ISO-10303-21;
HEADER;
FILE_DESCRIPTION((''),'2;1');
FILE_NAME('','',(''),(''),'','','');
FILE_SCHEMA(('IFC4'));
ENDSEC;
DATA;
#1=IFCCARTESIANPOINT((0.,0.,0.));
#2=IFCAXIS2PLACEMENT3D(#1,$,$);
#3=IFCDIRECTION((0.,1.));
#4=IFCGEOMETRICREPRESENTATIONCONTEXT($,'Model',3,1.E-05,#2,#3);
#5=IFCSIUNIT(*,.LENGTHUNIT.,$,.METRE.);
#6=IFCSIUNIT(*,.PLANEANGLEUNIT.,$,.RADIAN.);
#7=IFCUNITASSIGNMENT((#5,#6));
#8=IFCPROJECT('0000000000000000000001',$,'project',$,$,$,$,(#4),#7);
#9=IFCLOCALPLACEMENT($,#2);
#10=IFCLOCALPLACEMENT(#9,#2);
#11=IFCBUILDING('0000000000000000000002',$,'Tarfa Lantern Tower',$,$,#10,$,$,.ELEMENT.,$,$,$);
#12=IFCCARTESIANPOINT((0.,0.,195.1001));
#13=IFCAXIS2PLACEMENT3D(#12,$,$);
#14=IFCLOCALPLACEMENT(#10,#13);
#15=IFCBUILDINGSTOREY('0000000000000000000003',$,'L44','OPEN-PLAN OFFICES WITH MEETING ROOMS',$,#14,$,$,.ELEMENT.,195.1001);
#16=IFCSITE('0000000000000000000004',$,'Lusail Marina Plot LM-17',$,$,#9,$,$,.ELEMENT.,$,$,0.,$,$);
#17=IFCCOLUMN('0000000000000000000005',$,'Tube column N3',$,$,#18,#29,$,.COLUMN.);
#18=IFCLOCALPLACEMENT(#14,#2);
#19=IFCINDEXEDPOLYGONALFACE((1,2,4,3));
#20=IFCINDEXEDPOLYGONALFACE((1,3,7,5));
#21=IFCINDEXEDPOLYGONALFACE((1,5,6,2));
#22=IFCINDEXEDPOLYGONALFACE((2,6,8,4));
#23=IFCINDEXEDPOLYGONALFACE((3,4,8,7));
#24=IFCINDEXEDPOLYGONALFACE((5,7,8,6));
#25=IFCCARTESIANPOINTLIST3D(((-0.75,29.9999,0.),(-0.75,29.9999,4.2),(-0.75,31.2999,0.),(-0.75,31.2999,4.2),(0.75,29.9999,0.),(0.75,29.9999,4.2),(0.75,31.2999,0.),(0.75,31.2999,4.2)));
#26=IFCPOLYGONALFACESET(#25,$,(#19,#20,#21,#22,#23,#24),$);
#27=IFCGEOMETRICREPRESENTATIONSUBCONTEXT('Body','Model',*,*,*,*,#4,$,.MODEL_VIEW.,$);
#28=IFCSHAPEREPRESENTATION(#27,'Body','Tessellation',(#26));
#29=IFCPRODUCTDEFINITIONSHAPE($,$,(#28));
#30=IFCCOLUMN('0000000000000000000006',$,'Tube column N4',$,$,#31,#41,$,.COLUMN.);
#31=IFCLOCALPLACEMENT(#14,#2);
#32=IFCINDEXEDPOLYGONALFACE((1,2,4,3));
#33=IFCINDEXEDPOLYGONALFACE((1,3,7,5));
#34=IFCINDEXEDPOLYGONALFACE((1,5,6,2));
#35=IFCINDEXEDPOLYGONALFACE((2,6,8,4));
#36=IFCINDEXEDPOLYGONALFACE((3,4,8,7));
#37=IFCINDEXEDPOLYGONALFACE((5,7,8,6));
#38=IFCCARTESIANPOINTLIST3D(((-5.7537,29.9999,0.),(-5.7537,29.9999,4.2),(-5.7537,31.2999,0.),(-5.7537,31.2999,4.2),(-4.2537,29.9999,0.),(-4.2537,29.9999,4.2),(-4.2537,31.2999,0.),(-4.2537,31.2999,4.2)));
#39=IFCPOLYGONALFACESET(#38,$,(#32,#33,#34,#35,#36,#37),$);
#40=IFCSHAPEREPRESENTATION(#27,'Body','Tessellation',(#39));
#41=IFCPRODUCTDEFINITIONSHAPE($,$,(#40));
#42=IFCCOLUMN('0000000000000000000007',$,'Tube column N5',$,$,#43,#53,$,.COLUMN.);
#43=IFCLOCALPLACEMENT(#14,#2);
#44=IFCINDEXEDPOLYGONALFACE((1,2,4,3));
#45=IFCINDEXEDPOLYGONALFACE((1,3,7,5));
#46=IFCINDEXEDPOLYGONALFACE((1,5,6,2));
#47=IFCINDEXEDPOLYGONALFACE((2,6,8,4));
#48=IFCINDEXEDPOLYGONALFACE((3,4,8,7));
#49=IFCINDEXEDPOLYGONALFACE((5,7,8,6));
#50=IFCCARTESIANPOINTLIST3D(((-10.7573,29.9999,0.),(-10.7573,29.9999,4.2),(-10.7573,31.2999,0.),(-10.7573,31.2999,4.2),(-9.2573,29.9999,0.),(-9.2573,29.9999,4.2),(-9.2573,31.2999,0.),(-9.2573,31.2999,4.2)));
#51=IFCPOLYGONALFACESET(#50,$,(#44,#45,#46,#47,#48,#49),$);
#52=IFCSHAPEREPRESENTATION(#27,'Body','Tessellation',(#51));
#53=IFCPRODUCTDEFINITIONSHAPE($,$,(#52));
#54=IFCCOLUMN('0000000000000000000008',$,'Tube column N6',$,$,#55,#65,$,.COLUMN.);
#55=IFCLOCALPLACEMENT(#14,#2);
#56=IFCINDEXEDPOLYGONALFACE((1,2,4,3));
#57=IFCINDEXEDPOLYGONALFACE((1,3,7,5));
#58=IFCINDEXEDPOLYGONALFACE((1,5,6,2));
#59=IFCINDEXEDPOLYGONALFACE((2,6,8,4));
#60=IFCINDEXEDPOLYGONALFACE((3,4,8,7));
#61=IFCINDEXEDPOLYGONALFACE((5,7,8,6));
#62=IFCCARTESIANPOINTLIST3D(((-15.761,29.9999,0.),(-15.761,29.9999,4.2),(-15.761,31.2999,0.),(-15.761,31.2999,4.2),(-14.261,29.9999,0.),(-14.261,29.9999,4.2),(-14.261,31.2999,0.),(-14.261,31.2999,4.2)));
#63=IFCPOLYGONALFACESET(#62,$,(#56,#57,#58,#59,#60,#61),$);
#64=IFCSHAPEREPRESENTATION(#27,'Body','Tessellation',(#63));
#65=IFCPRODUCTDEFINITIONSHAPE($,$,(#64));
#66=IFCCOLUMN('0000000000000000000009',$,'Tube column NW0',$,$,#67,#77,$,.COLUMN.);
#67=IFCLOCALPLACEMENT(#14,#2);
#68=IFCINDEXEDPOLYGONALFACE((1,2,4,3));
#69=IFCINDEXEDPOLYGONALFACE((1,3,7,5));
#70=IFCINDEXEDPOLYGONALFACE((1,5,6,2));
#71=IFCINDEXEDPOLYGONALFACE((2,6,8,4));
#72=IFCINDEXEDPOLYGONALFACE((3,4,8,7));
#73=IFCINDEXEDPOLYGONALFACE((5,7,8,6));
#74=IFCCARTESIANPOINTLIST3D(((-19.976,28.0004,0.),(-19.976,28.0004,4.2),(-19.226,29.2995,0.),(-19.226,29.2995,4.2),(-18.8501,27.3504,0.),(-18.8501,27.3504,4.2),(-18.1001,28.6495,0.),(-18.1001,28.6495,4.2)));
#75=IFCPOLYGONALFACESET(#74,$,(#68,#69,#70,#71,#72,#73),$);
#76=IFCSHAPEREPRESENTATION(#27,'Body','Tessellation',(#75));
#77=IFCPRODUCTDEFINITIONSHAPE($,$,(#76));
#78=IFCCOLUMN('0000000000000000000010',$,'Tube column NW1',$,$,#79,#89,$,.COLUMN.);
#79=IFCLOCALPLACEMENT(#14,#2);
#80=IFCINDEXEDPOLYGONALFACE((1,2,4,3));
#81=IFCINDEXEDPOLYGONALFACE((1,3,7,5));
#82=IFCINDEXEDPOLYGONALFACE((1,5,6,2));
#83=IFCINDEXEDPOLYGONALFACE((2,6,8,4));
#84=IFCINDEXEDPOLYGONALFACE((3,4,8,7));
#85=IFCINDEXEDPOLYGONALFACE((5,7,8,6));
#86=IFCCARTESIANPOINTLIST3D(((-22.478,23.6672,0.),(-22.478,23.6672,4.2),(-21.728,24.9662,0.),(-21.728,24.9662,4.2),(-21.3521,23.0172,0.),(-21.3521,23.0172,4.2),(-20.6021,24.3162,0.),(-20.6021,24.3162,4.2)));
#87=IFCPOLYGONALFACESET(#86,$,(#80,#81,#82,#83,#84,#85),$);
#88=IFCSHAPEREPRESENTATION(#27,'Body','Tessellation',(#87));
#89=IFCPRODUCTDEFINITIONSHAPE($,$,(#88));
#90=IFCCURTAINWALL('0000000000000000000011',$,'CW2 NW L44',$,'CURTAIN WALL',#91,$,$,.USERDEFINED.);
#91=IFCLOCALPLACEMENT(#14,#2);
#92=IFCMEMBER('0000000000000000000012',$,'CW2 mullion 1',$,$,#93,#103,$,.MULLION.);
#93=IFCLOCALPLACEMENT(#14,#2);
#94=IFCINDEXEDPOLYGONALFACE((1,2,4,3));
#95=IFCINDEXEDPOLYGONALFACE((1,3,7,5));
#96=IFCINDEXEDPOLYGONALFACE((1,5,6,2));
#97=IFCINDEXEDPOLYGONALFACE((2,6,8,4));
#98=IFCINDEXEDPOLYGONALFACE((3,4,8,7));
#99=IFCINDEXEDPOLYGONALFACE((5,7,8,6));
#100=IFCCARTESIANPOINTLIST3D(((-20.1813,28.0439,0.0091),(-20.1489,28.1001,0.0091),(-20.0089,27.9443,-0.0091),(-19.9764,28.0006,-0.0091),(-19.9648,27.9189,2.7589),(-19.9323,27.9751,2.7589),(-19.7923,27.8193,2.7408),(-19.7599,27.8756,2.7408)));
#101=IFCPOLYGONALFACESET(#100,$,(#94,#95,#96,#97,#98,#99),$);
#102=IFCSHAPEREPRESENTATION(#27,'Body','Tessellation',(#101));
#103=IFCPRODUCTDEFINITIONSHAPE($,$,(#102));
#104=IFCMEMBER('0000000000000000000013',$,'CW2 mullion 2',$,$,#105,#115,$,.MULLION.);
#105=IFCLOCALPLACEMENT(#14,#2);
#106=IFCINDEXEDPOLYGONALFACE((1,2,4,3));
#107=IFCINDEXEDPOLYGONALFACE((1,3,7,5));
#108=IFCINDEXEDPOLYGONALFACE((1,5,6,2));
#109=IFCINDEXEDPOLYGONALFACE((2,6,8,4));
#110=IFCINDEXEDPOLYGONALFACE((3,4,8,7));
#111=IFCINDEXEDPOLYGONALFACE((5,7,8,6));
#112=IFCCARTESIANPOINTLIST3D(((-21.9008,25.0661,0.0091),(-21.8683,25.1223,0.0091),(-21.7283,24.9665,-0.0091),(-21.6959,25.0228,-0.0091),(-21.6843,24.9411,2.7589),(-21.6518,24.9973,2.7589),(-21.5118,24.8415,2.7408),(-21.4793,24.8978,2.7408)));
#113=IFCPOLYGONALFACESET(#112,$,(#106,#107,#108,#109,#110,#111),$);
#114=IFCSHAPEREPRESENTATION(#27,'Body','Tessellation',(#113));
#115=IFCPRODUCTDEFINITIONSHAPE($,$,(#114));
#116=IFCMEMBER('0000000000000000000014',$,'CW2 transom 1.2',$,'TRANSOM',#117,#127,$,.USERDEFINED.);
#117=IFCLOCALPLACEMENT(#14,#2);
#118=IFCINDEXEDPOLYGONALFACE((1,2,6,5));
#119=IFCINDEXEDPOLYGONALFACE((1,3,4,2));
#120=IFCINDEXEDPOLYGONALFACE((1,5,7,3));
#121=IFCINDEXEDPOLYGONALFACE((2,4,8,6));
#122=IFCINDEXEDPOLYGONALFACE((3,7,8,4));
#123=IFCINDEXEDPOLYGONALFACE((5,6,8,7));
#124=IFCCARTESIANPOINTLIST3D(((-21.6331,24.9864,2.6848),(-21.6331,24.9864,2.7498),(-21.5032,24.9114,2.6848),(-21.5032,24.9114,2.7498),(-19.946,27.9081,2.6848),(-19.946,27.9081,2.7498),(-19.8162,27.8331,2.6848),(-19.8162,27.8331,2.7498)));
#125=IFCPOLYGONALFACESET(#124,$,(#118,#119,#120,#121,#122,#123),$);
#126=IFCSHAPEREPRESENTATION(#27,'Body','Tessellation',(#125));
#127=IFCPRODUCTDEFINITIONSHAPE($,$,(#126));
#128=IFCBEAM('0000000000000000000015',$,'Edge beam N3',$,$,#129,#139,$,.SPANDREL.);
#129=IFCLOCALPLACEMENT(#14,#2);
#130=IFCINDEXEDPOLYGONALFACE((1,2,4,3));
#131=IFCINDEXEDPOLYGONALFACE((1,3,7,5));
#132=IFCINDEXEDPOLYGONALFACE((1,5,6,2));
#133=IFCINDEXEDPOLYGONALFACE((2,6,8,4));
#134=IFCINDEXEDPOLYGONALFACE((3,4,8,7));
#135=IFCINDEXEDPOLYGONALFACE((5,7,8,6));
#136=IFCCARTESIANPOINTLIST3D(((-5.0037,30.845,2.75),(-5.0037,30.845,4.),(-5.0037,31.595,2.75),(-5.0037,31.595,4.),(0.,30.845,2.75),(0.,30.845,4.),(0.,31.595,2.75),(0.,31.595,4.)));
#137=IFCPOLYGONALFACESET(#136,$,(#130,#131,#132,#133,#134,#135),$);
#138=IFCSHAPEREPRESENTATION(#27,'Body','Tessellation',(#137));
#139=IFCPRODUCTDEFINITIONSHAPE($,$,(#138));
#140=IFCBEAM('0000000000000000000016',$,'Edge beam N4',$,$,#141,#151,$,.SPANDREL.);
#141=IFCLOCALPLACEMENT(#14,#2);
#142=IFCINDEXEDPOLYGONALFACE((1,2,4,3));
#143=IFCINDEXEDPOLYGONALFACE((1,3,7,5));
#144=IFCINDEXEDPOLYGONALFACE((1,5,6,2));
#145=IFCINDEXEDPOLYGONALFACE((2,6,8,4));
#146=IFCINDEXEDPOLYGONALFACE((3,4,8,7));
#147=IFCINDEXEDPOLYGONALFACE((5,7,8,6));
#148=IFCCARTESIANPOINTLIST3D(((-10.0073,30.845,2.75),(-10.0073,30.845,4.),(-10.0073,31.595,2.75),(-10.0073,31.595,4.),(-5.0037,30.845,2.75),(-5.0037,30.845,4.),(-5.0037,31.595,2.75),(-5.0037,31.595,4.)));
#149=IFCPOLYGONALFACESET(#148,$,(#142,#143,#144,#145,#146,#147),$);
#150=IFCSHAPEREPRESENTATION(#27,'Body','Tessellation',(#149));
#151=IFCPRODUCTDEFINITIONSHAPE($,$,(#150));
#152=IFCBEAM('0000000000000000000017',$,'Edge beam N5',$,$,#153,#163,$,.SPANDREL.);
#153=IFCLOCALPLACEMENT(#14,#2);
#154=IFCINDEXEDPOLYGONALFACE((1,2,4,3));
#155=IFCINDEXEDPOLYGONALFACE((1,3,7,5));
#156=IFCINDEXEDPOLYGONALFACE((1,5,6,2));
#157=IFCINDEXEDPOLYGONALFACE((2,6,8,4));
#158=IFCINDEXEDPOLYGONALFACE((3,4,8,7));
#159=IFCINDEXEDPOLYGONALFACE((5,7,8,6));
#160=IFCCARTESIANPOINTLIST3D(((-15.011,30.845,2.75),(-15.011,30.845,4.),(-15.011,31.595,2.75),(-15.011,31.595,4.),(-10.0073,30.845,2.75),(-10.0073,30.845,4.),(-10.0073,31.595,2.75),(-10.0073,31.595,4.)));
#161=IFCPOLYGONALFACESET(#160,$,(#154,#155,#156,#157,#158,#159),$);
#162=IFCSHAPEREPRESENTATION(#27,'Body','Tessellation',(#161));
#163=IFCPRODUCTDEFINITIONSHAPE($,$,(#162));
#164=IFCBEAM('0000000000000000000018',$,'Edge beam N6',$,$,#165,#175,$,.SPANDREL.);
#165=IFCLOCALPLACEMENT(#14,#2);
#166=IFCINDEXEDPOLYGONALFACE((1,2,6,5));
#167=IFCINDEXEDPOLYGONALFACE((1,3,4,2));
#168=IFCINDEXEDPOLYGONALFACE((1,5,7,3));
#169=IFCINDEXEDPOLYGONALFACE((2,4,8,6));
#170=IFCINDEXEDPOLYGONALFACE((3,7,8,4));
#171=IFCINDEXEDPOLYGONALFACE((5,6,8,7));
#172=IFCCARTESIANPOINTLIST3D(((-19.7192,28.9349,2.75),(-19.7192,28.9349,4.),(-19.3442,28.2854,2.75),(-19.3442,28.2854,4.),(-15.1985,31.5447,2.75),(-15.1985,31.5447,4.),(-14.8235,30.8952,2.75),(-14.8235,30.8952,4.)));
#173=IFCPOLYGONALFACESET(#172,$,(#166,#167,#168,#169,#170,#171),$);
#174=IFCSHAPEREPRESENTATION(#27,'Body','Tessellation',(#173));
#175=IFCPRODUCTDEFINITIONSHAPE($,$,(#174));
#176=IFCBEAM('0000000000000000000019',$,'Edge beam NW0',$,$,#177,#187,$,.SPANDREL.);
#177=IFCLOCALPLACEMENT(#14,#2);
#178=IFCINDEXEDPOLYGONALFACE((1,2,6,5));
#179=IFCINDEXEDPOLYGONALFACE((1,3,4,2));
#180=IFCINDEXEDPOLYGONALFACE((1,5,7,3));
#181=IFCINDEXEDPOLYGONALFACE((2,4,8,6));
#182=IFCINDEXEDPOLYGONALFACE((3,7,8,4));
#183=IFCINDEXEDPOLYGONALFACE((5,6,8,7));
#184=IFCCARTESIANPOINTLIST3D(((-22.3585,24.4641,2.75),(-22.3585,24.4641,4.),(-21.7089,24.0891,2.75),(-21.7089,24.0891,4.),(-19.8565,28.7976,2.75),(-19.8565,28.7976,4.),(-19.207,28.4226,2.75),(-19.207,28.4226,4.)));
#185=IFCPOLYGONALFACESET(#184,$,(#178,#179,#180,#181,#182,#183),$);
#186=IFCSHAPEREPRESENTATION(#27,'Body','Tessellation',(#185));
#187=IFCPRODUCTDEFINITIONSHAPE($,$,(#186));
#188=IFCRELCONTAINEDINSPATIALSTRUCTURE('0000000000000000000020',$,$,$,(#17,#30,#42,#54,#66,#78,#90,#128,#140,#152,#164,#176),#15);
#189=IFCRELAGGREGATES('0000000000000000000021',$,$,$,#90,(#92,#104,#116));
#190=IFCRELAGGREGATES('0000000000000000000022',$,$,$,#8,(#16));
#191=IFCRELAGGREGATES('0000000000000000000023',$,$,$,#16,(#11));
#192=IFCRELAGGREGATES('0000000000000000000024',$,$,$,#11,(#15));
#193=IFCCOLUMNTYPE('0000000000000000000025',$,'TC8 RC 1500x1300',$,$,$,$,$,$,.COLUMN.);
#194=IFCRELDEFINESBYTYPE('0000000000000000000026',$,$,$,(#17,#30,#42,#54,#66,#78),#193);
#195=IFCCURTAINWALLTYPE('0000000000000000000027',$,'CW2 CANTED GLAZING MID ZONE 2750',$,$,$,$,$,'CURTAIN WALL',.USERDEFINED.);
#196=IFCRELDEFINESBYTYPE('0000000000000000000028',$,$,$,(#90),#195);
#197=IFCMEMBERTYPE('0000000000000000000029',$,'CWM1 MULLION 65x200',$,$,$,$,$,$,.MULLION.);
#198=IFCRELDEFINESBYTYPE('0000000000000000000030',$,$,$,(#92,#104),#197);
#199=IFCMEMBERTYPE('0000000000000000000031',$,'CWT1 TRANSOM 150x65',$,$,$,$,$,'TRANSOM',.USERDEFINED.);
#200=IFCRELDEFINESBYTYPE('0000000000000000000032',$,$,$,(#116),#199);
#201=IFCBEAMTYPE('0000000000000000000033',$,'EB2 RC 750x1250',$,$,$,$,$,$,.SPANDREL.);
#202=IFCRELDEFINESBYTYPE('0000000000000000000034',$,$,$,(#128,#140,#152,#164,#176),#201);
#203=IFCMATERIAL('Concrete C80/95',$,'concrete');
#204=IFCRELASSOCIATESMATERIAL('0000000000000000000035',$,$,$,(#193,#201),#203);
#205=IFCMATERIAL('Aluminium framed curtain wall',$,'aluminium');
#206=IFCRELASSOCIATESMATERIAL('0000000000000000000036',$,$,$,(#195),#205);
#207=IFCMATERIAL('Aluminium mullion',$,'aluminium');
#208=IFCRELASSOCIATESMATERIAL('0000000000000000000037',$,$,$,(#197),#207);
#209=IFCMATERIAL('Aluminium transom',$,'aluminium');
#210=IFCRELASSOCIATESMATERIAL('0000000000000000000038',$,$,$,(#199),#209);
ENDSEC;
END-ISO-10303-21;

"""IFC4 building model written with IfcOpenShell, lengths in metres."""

from ifc_helpers import new_model, si_unit, direction, frame, origin, origin_2d, place, context, subcontext, project, spatial, rectangle, extrude, material, material_profile, profile_set, type_object, element, aggregate, save


model = new_model("IFC4")

# Units and contexts
model_context = context("Model", 3, precision=1e-05, world=origin(), true_north=direction((0.0, 1.0)))
body_context = subcontext(model_context, "Body", "Model", "MODEL_VIEW")
ifc_project = project(units=[si_unit("LENGTHUNIT", "METRE"), si_unit("PLANEANGLEUNIT", "RADIAN")], contexts=[model_context])

# Site, building, storey
site_placement = place(None, origin())
site = spatial("IfcSite", under=ifc_project, at=site_placement, Name="Lusail Marina Plot LM-17", CompositionType="ELEMENT", RefElevation=0.0)
building_placement = place(site_placement, origin())
building = spatial("IfcBuilding", under=site, at=building_placement, Name="Tarfa Lantern Tower", CompositionType="ELEMENT")
storey_placement = place(building_placement, frame((0.0, 0.0, 195.1001)))
storey = spatial("IfcBuildingStorey", under=building, at=storey_placement, Name="L44", Description="OPEN-PLAN OFFICES WITH MEETING ROOMS", CompositionType="ELEMENT", Elevation=195.1001)

# Columns
ifc_material_1 = material(Name="Concrete C80/95", Category="concrete")
ifc_material_profile_1 = material_profile(ifc_material_1, rectangle(XDim=1.5, YDim=1.3, at=origin_2d()), Name="RC 1500x1300")
ifc_profile_set_1 = profile_set([ifc_material_profile_1], Name="Concrete C80/95")
column_type = type_object("IfcColumnType", Name="TC8 RC 1500x1300", PredefinedType="COLUMN", material=ifc_profile_set_1)
for number, where, z_axis, x_axis, name in (
    (1, (0.0, 30.6499, 0.0), (0.0, 0.0, 1.0), (-1.0, 0.0, 0.0), "Tube column N3"),
    (2, (-5.0037, 30.6499, 0.0), (0.0, 0.0, 1.0), (-1.0, 0.0, 0.0), "Tube column N4"),
    (3, (-10.0073, 30.6499, 0.0), (0.0, 0.0, 1.0), (-1.0, 0.0, 0.0), "Tube column N5"),
    (4, (-15.011, 30.6499, 0.0), (0.0, 0.0, 1.0), (-1.0, 0.0, 0.0), "Tube column N6"),
    (5, (-19.0381, 28.325, 0.0), (0.0, 0.0, 1.0), (-0.5, -0.866025, 0.0), "Tube column NW0"),
    (6, (-21.54, 23.9917, 0.0), (0.0, 0.0, 1.0), (-0.5, -0.866025, 0.0), "Tube column NW1"),
):
    element("IfcColumn", number, at=place(storey_placement, frame(where, z_axis=z_axis, x_axis=x_axis)), inside=storey, type_object=column_type, Name=name, PredefinedType="COLUMN", context=body_context, shape_type="SweptSolid", body=[
        extrude(rectangle(XDim=1.5, YDim=1.3, at=origin_2d()), origin(), (0.0, 0.0, 1.0), 4.2),
    ])

# Curtain wall, members
ifc_material_2 = material(Name="Aluminium framed curtain wall", Category="aluminium")
curtain_wall_type = type_object("IfcCurtainWallType", Name="CW2 CANTED GLAZING MID ZONE 2750", ElementType="CURTAIN WALL", PredefinedType="USERDEFINED", material=ifc_material_2)
curtain_wall_placement = place(storey_placement, origin())
curtain_wall = element("IfcCurtainWall", 7, at=curtain_wall_placement, inside=storey, type_object=curtain_wall_type, Name="CW2 NW L44", ObjectType="CURTAIN WALL", PredefinedType="USERDEFINED")
ifc_material_3 = material(Name="Aluminium mullion", Category="aluminium")
ifc_material_profile_2 = material_profile(ifc_material_3, rectangle(XDim=0.0649, YDim=0.2, at=origin_2d()), Name="AL MULLION 65x200")
ifc_profile_set_2 = profile_set([ifc_material_profile_2], Name="Aluminium mullion")
member_type_1 = type_object("IfcMemberType", Name="CWM1 MULLION 65x200", PredefinedType="MULLION", material=ifc_profile_set_2)
member_1_placement = place(storey_placement, frame((-20.0789, 28.0222, 0.0), z_axis=(0.078423, -0.045268, 0.995892), x_axis=(0.49992, 0.866072, 0.0)))
member_1 = element("IfcMember", 8, at=member_1_placement, type_object=member_type_1, Name="CW2 mullion 1", PredefinedType="MULLION", context=body_context, shape_type="SweptSolid", body=[
    extrude(rectangle(XDim=0.0649, YDim=0.2, at=origin_2d()), origin(), (0.0, 0.0, 1.0), 2.7612),
])
member_2_placement = place(storey_placement, frame((-21.7983, 25.0444, 0.0), z_axis=(0.078423, -0.045268, 0.995892), x_axis=(0.49992, 0.866072, 0.0)))
member_2 = element("IfcMember", 9, at=member_2_placement, type_object=member_type_1, Name="CW2 mullion 2", PredefinedType="MULLION", context=body_context, shape_type="SweptSolid", body=[
    extrude(rectangle(XDim=0.0649, YDim=0.2, at=origin_2d()), origin(), (0.0, 0.0, 1.0), 2.7612),
])
ifc_material_4 = material(Name="Aluminium transom", Category="aluminium")
ifc_material_profile_3 = material_profile(ifc_material_4, rectangle(XDim=0.1499, YDim=0.0649, at=origin_2d()), Name="AL TRANSOM 150x65")
ifc_profile_set_3 = profile_set([ifc_material_profile_3], Name="Aluminium transom")
member_type_2 = type_object("IfcMemberType", Name="CWT1 TRANSOM 150x65", ElementType="TRANSOM", PredefinedType="USERDEFINED", material=ifc_profile_set_3)
member_3_placement = place(storey_placement, frame((-19.8811, 27.8706, 2.7173), z_axis=(-0.500046, -0.865999, 0.0), x_axis=(0.865999, -0.500046, 0.0)))
member_3 = element("IfcMember", 10, at=member_3_placement, type_object=member_type_2, Name="CW2 transom 1.2", ObjectType="TRANSOM", PredefinedType="USERDEFINED", context=body_context, shape_type="SweptSolid", body=[
    extrude(rectangle(XDim=0.1499, YDim=0.0649, at=origin_2d()), origin(), (0.0, 0.0, 1.0), 3.3738),
])

# Beams
ifc_material_profile_4 = material_profile(ifc_material_1, rectangle(XDim=0.75, YDim=1.25, at=origin_2d()), Name="RC 750x1250")
ifc_profile_set_4 = profile_set([ifc_material_profile_4], Name="Concrete C80/95")
beam_type_1 = type_object("IfcBeamType", Name="EB2 RC 750x1250", PredefinedType="SPANDREL", material=ifc_profile_set_4)
for number, where, z_axis, x_axis, name in (
    (11, (0.0, 31.22, 3.375), (-1.0, 0.0, 0.0), (0.0, -1.0, 0.0), "Edge beam N3"),
    (12, (-5.0037, 31.22, 3.375), (-1.0, 0.0, 0.0), (0.0, -1.0, 0.0), "Edge beam N4"),
    (13, (-10.0073, 31.22, 3.375), (-1.0, 0.0, 0.0), (0.0, -1.0, 0.0), "Edge beam N5"),
):
    element("IfcBeam", number, at=place(storey_placement, frame(where, z_axis=z_axis, x_axis=x_axis)), inside=storey, type_object=beam_type_1, Name=name, PredefinedType="SPANDREL", context=body_context, shape_type="SweptSolid", body=[
        extrude(rectangle(XDim=0.75, YDim=1.25, at=origin_2d()), origin(), (0.0, 0.0, 1.0), 5.0037),
    ])
beam_1_placement = place(storey_placement, frame((-15.011, 31.22, 3.375), z_axis=(-0.866042, -0.499972, 0.0), x_axis=(0.499972, -0.866042, 0.0)))
element("IfcBeam", 14, at=beam_1_placement, inside=storey, type_object=beam_type_1, Name="Edge beam N6", PredefinedType="SPANDREL", context=body_context, shape_type="SweptSolid", body=[
    extrude(rectangle(XDim=0.75, YDim=1.25, at=origin_2d()), origin(), (0.0, 0.0, 1.0), 5.22),
])
beam_2_placement = place(storey_placement, frame((-19.5317, 28.6101, 3.375), z_axis=(-0.500001, -0.866025, 0.0), x_axis=(0.866025, -0.500001, 0.0)))
element("IfcBeam", 15, at=beam_2_placement, inside=storey, type_object=beam_type_1, Name="Edge beam NW0", PredefinedType="SPANDREL", context=body_context, shape_type="SweptSolid", body=[
    extrude(rectangle(XDim=0.75, YDim=1.25, at=origin_2d()), origin(), (0.0, 0.0, 1.0), 5.0039),
])

aggregate(curtain_wall, [member_1, member_2, member_3])

save(model, "model.ifc")
